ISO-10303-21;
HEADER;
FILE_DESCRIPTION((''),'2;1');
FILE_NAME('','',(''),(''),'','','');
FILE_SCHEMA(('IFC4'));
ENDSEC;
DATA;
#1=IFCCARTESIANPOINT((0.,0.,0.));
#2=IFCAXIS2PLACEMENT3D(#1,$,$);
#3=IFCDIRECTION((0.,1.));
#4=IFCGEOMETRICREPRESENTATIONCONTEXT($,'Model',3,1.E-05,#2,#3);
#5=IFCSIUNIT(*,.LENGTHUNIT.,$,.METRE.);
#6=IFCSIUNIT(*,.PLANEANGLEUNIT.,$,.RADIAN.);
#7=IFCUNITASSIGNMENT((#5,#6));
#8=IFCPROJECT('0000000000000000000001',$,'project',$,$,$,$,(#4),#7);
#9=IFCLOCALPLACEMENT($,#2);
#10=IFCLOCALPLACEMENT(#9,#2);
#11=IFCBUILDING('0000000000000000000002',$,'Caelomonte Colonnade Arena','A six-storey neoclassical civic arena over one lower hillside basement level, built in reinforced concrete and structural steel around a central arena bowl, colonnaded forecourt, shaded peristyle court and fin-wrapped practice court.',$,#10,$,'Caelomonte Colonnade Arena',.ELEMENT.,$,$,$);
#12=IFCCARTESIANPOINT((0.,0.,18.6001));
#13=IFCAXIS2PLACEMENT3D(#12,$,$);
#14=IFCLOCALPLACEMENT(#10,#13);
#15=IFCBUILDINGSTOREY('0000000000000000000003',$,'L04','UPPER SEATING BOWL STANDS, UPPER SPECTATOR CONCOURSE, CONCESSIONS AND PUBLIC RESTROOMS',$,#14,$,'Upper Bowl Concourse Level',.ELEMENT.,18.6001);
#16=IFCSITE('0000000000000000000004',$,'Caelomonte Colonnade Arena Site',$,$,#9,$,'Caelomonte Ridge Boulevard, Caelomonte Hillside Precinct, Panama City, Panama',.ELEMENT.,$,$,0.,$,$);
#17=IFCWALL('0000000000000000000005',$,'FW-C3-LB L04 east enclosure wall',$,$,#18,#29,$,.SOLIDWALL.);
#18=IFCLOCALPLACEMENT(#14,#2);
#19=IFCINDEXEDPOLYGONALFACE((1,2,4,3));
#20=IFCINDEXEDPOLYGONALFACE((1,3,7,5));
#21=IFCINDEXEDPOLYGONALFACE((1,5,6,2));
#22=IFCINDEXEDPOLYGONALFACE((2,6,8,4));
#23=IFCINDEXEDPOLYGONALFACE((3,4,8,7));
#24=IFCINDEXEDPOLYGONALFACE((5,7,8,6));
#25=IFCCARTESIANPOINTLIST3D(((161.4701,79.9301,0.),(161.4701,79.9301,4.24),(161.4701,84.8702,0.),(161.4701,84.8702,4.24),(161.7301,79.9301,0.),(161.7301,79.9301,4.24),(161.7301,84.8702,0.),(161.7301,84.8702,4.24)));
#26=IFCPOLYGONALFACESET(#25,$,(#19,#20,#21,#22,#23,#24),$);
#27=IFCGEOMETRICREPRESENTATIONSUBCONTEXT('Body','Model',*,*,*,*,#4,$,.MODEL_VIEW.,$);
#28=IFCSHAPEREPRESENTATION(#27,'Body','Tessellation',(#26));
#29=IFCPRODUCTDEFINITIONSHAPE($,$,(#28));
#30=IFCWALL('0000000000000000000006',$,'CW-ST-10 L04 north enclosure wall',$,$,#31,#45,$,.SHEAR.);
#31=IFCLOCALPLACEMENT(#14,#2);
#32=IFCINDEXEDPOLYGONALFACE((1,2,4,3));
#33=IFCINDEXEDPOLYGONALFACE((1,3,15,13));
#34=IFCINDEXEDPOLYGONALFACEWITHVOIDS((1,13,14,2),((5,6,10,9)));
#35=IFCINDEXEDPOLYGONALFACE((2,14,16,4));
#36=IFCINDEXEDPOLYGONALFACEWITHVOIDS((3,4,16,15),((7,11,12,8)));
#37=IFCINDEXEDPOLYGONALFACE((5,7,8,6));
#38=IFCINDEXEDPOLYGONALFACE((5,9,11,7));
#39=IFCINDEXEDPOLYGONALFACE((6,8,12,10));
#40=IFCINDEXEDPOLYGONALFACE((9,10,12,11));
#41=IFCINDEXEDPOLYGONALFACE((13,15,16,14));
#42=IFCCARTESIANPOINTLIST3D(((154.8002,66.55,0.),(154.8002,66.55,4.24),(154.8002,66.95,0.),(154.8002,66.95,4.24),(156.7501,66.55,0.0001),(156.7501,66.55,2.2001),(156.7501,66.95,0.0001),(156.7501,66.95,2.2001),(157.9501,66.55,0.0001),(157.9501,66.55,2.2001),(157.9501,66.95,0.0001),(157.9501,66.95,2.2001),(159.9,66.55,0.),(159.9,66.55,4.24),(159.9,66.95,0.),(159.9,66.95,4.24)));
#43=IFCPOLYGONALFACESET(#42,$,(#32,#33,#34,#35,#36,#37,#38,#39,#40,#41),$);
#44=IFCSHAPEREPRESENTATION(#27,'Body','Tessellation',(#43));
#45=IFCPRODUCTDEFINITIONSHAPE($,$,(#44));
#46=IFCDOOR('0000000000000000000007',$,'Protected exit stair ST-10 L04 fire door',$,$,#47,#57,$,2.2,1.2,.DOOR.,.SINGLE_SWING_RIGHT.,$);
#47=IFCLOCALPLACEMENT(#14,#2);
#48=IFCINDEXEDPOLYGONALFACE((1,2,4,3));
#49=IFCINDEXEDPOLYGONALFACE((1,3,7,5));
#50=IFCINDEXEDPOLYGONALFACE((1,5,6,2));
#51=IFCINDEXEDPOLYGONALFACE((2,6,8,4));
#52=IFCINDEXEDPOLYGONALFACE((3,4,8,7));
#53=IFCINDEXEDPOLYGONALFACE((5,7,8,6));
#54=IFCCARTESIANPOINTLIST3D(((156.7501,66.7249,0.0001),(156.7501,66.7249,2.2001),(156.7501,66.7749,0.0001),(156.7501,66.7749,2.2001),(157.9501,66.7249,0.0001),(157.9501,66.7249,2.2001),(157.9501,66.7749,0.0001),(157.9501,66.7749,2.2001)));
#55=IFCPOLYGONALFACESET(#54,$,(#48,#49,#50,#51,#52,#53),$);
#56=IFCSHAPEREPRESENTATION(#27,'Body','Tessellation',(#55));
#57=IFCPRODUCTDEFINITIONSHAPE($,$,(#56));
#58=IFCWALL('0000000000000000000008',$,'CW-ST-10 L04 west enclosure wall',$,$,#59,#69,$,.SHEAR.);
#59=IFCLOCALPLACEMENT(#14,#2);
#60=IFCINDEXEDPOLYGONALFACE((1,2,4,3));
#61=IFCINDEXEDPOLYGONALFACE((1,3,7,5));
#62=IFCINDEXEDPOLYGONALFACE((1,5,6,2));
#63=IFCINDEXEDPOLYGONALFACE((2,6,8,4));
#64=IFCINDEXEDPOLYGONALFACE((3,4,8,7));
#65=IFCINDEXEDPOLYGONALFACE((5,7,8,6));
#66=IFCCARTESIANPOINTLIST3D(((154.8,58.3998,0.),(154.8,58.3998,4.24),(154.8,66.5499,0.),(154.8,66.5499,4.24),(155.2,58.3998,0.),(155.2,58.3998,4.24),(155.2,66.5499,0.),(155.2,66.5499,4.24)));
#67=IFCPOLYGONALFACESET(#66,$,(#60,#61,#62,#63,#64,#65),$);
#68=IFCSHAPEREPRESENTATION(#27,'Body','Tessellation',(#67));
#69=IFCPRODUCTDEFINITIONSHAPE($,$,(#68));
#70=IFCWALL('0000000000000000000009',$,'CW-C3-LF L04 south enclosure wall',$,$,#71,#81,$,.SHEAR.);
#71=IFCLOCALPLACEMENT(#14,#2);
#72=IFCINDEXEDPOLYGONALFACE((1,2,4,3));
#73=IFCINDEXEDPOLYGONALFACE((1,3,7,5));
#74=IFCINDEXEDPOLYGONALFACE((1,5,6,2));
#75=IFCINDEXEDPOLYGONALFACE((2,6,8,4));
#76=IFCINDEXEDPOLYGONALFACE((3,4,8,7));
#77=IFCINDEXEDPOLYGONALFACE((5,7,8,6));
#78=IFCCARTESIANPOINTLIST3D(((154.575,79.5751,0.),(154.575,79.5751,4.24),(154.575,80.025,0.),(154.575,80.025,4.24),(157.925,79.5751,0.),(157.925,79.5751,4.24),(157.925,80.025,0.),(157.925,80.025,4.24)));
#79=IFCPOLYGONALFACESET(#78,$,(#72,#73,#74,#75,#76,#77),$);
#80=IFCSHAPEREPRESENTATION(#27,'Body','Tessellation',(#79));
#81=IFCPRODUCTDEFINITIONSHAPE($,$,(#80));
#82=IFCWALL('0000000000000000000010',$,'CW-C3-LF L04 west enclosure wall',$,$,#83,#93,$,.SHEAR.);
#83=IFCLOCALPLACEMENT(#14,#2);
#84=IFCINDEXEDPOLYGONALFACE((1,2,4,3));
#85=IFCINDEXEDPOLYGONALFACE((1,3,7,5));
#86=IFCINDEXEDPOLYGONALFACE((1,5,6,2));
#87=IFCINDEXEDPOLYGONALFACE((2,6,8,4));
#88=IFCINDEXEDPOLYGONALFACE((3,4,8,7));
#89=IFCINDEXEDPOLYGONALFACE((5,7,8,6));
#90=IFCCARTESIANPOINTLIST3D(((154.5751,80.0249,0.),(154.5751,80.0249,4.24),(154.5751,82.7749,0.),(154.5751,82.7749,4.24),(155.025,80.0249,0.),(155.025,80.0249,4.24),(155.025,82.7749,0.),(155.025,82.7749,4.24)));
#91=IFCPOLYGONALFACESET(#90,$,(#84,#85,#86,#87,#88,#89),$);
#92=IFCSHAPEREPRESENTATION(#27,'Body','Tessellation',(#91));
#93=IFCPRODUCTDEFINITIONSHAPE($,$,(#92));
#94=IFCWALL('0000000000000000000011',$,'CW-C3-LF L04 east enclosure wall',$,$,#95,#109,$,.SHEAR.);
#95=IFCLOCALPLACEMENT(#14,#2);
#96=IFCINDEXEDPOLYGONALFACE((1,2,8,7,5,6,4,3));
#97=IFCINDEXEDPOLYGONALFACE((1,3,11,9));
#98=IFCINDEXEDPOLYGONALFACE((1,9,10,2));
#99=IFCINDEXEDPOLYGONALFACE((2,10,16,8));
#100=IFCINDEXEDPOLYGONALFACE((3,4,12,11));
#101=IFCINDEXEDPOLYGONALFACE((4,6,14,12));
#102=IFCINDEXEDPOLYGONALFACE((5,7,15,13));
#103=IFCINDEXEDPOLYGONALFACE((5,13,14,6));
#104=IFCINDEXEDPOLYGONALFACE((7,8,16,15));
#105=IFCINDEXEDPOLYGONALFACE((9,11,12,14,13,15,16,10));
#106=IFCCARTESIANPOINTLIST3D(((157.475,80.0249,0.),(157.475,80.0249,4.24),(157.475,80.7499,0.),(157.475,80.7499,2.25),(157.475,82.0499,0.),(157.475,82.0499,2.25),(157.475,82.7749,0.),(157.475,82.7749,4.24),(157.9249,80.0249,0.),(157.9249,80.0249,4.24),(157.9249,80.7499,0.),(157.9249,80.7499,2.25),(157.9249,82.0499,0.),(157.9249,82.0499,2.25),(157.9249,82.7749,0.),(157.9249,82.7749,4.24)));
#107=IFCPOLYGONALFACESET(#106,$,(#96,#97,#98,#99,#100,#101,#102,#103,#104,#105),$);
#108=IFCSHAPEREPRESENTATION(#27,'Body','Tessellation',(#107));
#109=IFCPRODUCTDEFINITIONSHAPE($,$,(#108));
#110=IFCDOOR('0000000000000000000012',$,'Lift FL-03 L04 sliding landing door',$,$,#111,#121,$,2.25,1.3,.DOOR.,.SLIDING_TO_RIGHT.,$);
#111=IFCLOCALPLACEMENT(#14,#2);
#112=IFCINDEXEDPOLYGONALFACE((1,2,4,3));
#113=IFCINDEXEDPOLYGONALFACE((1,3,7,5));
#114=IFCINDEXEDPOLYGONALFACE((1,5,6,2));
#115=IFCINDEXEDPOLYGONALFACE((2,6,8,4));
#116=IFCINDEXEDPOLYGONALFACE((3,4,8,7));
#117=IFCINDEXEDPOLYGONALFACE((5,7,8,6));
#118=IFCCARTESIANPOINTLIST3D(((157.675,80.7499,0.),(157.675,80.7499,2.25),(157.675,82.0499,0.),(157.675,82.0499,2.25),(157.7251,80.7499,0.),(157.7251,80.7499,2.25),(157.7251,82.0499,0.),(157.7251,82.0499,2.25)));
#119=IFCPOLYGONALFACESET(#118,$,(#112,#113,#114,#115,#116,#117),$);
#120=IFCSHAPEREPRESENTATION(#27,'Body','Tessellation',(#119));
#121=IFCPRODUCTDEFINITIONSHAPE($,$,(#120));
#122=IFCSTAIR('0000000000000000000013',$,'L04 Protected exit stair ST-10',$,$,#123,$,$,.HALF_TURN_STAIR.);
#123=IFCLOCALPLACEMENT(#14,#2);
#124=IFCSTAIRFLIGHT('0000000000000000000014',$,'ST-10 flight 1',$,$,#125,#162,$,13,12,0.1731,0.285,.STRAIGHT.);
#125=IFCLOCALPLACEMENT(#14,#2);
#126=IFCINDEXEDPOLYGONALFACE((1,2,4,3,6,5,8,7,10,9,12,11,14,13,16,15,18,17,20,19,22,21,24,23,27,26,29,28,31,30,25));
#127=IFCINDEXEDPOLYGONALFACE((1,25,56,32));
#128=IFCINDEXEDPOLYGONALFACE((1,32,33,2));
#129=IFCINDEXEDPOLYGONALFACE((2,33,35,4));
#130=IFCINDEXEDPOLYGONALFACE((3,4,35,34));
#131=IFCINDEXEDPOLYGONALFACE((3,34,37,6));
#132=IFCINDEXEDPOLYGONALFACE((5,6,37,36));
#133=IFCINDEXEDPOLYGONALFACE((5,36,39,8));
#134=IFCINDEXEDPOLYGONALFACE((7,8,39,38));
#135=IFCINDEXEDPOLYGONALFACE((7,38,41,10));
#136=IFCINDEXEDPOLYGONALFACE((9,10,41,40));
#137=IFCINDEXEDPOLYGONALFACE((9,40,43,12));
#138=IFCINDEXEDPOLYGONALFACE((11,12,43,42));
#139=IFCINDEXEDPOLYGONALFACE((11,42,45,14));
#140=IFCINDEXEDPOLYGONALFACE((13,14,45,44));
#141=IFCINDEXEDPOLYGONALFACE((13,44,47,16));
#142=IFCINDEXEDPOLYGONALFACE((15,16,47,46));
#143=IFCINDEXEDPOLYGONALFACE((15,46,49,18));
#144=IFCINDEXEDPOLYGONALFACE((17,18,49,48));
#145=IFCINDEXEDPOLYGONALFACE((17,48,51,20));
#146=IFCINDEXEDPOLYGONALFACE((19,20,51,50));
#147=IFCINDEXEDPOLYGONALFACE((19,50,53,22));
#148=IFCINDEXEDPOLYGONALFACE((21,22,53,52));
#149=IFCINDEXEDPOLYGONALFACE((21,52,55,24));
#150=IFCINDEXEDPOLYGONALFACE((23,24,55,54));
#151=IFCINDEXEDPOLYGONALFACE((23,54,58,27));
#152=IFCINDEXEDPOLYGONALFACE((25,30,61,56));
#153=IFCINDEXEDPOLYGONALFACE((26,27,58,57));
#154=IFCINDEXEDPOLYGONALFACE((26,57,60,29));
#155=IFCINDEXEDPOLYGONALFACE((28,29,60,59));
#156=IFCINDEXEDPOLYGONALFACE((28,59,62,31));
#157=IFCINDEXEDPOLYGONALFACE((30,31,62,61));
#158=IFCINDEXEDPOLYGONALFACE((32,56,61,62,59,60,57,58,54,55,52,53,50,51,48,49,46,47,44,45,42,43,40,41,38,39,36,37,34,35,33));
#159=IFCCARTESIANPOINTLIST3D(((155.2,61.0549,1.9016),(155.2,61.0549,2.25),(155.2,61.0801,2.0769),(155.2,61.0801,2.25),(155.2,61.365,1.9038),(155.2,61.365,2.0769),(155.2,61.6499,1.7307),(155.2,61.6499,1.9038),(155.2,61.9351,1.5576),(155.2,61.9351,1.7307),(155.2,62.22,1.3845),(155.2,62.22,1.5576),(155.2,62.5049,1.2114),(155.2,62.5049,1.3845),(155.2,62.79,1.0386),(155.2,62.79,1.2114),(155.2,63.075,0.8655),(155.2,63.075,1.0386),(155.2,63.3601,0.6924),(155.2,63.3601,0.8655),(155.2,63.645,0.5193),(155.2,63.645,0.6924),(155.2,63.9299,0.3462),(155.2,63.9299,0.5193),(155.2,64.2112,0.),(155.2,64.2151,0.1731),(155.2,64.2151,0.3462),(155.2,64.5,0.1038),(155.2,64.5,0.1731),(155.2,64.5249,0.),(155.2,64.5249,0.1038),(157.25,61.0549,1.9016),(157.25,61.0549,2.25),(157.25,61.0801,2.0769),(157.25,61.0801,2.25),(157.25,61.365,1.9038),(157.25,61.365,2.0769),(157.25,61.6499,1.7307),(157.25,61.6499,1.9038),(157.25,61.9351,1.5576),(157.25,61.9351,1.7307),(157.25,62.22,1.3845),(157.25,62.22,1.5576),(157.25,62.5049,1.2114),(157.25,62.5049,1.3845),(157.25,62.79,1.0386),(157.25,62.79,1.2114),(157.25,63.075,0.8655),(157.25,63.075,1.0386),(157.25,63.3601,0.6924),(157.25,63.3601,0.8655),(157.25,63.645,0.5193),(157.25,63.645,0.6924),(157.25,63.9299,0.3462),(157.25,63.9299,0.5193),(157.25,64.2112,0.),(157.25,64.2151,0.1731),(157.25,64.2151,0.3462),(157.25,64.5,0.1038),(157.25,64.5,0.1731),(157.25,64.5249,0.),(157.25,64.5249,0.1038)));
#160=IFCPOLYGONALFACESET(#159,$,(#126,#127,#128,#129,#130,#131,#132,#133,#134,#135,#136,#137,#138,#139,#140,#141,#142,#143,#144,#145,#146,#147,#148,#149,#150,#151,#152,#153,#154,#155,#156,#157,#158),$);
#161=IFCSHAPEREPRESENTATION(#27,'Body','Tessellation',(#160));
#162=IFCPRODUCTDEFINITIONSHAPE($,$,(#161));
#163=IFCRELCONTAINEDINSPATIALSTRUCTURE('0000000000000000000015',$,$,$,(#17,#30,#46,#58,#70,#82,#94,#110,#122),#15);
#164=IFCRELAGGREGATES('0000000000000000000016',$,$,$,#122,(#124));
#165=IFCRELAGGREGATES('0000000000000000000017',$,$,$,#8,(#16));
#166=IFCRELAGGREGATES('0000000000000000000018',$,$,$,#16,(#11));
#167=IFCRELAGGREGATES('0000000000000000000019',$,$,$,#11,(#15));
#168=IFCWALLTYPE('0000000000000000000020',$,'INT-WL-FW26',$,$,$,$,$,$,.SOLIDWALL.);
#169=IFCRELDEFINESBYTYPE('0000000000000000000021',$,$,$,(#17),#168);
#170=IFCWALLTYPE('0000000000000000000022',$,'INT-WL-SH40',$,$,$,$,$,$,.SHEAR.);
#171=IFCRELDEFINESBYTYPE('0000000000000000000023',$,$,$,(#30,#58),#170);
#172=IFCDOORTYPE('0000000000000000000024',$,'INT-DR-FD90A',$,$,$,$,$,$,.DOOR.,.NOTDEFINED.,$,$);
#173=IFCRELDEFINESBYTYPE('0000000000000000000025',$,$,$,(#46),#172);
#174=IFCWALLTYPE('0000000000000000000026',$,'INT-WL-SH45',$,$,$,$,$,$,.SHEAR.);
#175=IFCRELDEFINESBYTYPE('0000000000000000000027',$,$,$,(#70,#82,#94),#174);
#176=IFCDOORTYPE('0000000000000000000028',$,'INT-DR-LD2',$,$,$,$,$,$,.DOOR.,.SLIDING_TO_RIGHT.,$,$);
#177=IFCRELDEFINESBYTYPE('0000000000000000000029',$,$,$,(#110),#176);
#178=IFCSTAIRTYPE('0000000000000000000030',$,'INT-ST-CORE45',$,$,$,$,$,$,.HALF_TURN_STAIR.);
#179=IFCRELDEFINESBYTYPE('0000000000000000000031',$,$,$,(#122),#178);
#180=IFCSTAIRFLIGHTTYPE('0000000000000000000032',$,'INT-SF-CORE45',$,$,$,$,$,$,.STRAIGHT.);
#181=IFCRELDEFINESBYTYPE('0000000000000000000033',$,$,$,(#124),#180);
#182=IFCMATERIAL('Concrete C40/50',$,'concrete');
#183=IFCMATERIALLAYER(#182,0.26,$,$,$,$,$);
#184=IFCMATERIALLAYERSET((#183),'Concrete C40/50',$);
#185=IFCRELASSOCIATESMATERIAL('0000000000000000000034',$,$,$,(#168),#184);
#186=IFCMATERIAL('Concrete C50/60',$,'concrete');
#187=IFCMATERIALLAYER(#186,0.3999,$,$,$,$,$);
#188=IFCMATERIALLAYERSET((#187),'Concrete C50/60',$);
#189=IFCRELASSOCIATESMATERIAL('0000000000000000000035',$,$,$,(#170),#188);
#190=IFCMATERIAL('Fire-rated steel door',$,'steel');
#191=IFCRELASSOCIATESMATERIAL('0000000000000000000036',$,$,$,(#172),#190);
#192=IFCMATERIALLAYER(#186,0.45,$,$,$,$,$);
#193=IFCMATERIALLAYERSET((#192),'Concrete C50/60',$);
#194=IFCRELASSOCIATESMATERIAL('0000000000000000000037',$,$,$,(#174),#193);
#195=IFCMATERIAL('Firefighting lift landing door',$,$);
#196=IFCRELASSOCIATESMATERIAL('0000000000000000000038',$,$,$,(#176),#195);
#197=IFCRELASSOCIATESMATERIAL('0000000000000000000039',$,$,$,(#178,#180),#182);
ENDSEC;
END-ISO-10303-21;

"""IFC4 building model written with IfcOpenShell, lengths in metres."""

from ifc_helpers import new_model, si_unit, direction, frame, frame_2d, origin, place, context, subcontext, project, spatial, polyline, rectangle, outline, extrude, material, layer, layer_set, type_object, element, fill, aggregate, save


model = new_model("IFC4")

# Units and contexts
model_context = context("Model", 3, precision=1e-05, world=origin(), true_north=direction((0.0, 1.0)))
body_context = subcontext(model_context, "Body", "Model", "MODEL_VIEW")
ifc_project = project(units=[si_unit("LENGTHUNIT", "METRE"), si_unit("PLANEANGLEUNIT", "RADIAN")], contexts=[model_context])

# Site, building, storey
site_placement = place(None, origin())
site = spatial("IfcSite", under=ifc_project, at=site_placement, Name="Caelomonte Colonnade Arena Site", LongName="Caelomonte Ridge Boulevard, Caelomonte Hillside Precinct, Panama City, Panama", CompositionType="ELEMENT", RefElevation=0.0)
building_placement = place(site_placement, origin())
building = spatial("IfcBuilding", under=site, at=building_placement, Name="Caelomonte Colonnade Arena", Description="A six-storey neoclassical civic arena over one lower hillside basement level, built in reinforced concrete and structural steel around a central arena bowl, colonnaded forecourt, shaded peristyle court and fin-wrapped practice court.", LongName="Caelomonte Colonnade Arena", CompositionType="ELEMENT")
storey_placement = place(building_placement, frame((0.0, 0.0, 18.6001)))
storey = spatial("IfcBuildingStorey", under=building, at=storey_placement, Name="L04", Description="UPPER SEATING BOWL STANDS, UPPER SPECTATOR CONCOURSE, CONCESSIONS AND PUBLIC RESTROOMS", LongName="Upper Bowl Concourse Level", CompositionType="ELEMENT", Elevation=18.6001)

# Shared definitions
ifc_material_1 = material(Name="Concrete C40/50", Category="concrete")

# Shared definitions
ifc_material_2 = material(Name="Concrete C50/60", Category="concrete")

# Wall
ifc_layer_1 = layer(ifc_material_1, 0.26)
ifc_layer_set_1 = layer_set([ifc_layer_1], Name="Concrete C40/50")
wall_type_1 = type_object("IfcWallType", Name="INT-WL-FW26", PredefinedType="SOLIDWALL", material=ifc_layer_set_1)
wall_1_placement = place(storey_placement, frame((161.6001, 79.9299, 0.0), z_axis=(0.0, 0.0, 1.0), x_axis=(0.0, 1.0, 0.0)))
element("IfcWall", 1, at=wall_1_placement, inside=storey, type_object=wall_type_1, Name="FW-C3-LB L04 east enclosure wall", PredefinedType="SOLIDWALL", context=body_context, shape_type="SweptSolid", body=[
    extrude(rectangle(XDim=4.9402, YDim=0.26, at=frame_2d((2.4702, 0.0))), origin(), (0.0, 0.0, 1.0), 4.24),
])

# Wall, opening, door
ifc_layer_2 = layer(ifc_material_2, 0.3999)
ifc_layer_set_2 = layer_set([ifc_layer_2], Name="Concrete C50/60")
wall_type_2 = type_object("IfcWallType", Name="INT-WL-SH40", PredefinedType="SHEAR", material=ifc_layer_set_2)
wall_2_placement = place(storey_placement, frame((159.8999, 66.75, 0.0), z_axis=(0.0, 0.0, 1.0), x_axis=(-1.0, 0.0, 0.0)))
wall_2 = element("IfcWall", 2, at=wall_2_placement, inside=storey, type_object=wall_type_2, Name="CW-ST-10 L04 north enclosure wall", PredefinedType="SHEAR", context=body_context, shape_type="SweptSolid", body=[
    extrude(rectangle(XDim=5.0999, YDim=0.3999, at=frame_2d((2.5498, 0.0))), origin(), (0.0, 0.0, 1.0), 4.24),
])
opening_1_placement = place(wall_2_placement, frame((3.1499, 0.0, 0.0), z_axis=(0.0, 0.0, 1.0), x_axis=(-1.0, 0.0, 0.0)))
opening_1 = element("IfcOpeningElement", 3, at=opening_1_placement, cuts=wall_2, PredefinedType="OPENING", context=body_context, shape_type="SweptSolid", body=[
    extrude(rectangle(XDim=1.2, YDim=2.2, at=frame_2d((0.6001, 1.1001))), frame((0.0, 0.21, 0.0), z_axis=(0.0, -1.0, 0.0), x_axis=(1.0, 0.0, 0.0)), (0.0, 0.0, 1.0), 0.4199),
])
ifc_material_3 = material(Name="Fire-rated steel door", Category="steel")
door_type_1 = type_object("IfcDoorType", Name="INT-DR-FD90A", OperationType="NOTDEFINED", PredefinedType="DOOR", material=ifc_material_3)
door_1_placement = place(opening_1_placement, origin())
door_1 = element("IfcDoor", 4, at=door_1_placement, inside=storey, type_object=door_type_1, Name="Protected exit stair ST-10 L04 fire door", OperationType="SINGLE_SWING_RIGHT", OverallHeight=2.2, OverallWidth=1.2, PredefinedType="DOOR", context=body_context, shape_type="SweptSolid", body=[
    extrude(rectangle(XDim=1.2, YDim=2.2, at=frame_2d((0.6001, 1.1001))), frame((0.0, 0.0249, 0.0), z_axis=(0.0, -1.0, 0.0), x_axis=(1.0, 0.0, 0.0)), (0.0, 0.0, 1.0), 0.05),
])
fill(opening_1, door_1)

# Walls
wall_3_placement = place(storey_placement, frame((155.0, 66.55, 0.0), z_axis=(0.0, 0.0, 1.0), x_axis=(0.0, -1.0, 0.0)))
element("IfcWall", 5, at=wall_3_placement, inside=storey, type_object=wall_type_2, Name="CW-ST-10 L04 west enclosure wall", PredefinedType="SHEAR", context=body_context, shape_type="SweptSolid", body=[
    extrude(rectangle(XDim=8.1501, YDim=0.3999, at=frame_2d((4.0752, 0.0))), origin(), (0.0, 0.0, 1.0), 4.24),
])
ifc_layer_3 = layer(ifc_material_2, 0.45)
ifc_layer_set_3 = layer_set([ifc_layer_3], Name="Concrete C50/60")
wall_type_3 = type_object("IfcWallType", Name="INT-WL-SH45", PredefinedType="SHEAR", material=ifc_layer_set_3)
wall_4_placement = place(storey_placement, frame((154.575, 79.8, 0.0), z_axis=(0.0, 0.0, 1.0), x_axis=(1.0, 0.0, 0.0)))
element("IfcWall", 6, at=wall_4_placement, inside=storey, type_object=wall_type_3, Name="CW-C3-LF L04 south enclosure wall", PredefinedType="SHEAR", context=body_context, shape_type="SweptSolid", body=[
    extrude(rectangle(XDim=3.3501, YDim=0.45, at=frame_2d((1.675, 0.0))), origin(), (0.0, 0.0, 1.0), 4.24),
])
wall_5_placement = place(storey_placement, frame((154.8, 82.7749, 0.0), z_axis=(0.0, 0.0, 1.0), x_axis=(0.0, -1.0, 0.0)))
element("IfcWall", 7, at=wall_5_placement, inside=storey, type_object=wall_type_3, Name="CW-C3-LF L04 west enclosure wall", PredefinedType="SHEAR", context=body_context, shape_type="SweptSolid", body=[
    extrude(rectangle(XDim=2.75, YDim=0.45, at=frame_2d((1.375, 0.0))), origin(), (0.0, 0.0, 1.0), 4.24),
])

# Wall, opening, door
wall_6_placement = place(storey_placement, frame((157.7, 80.0249, 0.0), z_axis=(0.0, 0.0, 1.0), x_axis=(0.0, 1.0, 0.0)))
wall_6 = element("IfcWall", 8, at=wall_6_placement, inside=storey, type_object=wall_type_3, Name="CW-C3-LF L04 east enclosure wall", PredefinedType="SHEAR", context=body_context, shape_type="SweptSolid", body=[
    extrude(rectangle(XDim=2.75, YDim=0.45, at=frame_2d((1.375, 0.0))), origin(), (0.0, 0.0, 1.0), 4.24),
])
opening_2_placement = place(wall_6_placement, frame((0.7251, 0.0, 0.0), z_axis=(0.0, 0.0, 1.0), x_axis=(1.0, 0.0, 0.0)))
opening_2 = element("IfcOpeningElement", 9, at=opening_2_placement, cuts=wall_6, PredefinedType="OPENING", context=body_context, shape_type="SweptSolid", body=[
    extrude(rectangle(XDim=1.3, YDim=2.25, at=frame_2d((0.6499, 1.125))), frame((0.0, 0.2349, 0.0), z_axis=(0.0, -1.0, 0.0), x_axis=(1.0, 0.0, 0.0)), (0.0, 0.0, 1.0), 0.47),
])
ifc_material_4 = material(Name="Firefighting lift landing door")
door_type_2 = type_object("IfcDoorType", Name="INT-DR-LD2", OperationType="SLIDING_TO_RIGHT", PredefinedType="DOOR", material=ifc_material_4)
door_2_placement = place(opening_2_placement, origin())
door_2 = element("IfcDoor", 10, at=door_2_placement, inside=storey, type_object=door_type_2, Name="Lift FL-03 L04 sliding landing door", OperationType="SLIDING_TO_RIGHT", OverallHeight=2.25, OverallWidth=1.3, PredefinedType="DOOR", context=body_context, shape_type="SweptSolid", body=[
    extrude(rectangle(XDim=1.3, YDim=2.25, at=frame_2d((0.6499, 1.125))), frame((0.0, 0.0249, 0.0), z_axis=(0.0, -1.0, 0.0), x_axis=(1.0, 0.0, 0.0)), (0.0, 0.0, 1.0), 0.05),
])
fill(opening_2, door_2)

# Stair, stair flight
stair_type = type_object("IfcStairType", Name="INT-ST-CORE45", PredefinedType="HALF_TURN_STAIR", material=ifc_material_1)
stair_placement = place(storey_placement, origin())
stair = element("IfcStair", 11, at=stair_placement, inside=storey, type_object=stair_type, Name="L04 Protected exit stair ST-10", PredefinedType="HALF_TURN_STAIR")
stair_flight_type = type_object("IfcStairFlightType", Name="INT-SF-CORE45", PredefinedType="STRAIGHT", material=ifc_material_1)
stair_flight_1_placement = place(storey_placement, frame((156.2251, 64.5, 0.0), z_axis=(0.0, 0.0, 1.0), x_axis=(0.0, -1.0, 0.0)))
stair_flight_1 = element("IfcStairFlight", 12, at=stair_flight_1_placement, type_object=stair_flight_type, Name="ST-10 flight 1", NumberOfRisers=13, NumberOfTreads=12, PredefinedType="STRAIGHT", RiserHeight=0.1731, TreadLength=0.285, context=body_context, shape_type="SweptSolid", body=[
    extrude(outline(polyline([(-0.0249, 0.0), (-0.0249, 0.1038), (0.0, 0.1038), (0.0, 0.1731), (0.2849, 0.1731), (0.2849, 0.3462), (0.5701, 0.3462), (0.5701, 0.5193), (0.855, 0.5193), (0.855, 0.6924), (1.1399, 0.6924), (1.1399, 0.8655), (1.425, 0.8655), (1.425, 1.0386), (1.71, 1.0386), (1.71, 1.2114), (1.9951, 1.2114), (1.9951, 1.3845), (2.28, 1.3845), (2.28, 1.5576), (2.5649, 1.5576), (2.5649, 1.7307), (2.8501, 1.7307), (2.8501, 1.9038), (3.135, 1.9038), (3.135, 2.0769), (3.4199, 2.0769), (3.4199, 2.25), (3.4451, 2.25), (3.4451, 1.9016), (0.2888, 0.0), (-0.0249, 0.0)])), frame((0.0, 1.0249, 0.0), z_axis=(0.0, -1.0, 0.0), x_axis=(1.0, 0.0, 0.0)), (0.0, 0.0, 1.0), 2.05),
])
aggregate(stair, [stair_flight_1])

save(model, "model.ifc")
